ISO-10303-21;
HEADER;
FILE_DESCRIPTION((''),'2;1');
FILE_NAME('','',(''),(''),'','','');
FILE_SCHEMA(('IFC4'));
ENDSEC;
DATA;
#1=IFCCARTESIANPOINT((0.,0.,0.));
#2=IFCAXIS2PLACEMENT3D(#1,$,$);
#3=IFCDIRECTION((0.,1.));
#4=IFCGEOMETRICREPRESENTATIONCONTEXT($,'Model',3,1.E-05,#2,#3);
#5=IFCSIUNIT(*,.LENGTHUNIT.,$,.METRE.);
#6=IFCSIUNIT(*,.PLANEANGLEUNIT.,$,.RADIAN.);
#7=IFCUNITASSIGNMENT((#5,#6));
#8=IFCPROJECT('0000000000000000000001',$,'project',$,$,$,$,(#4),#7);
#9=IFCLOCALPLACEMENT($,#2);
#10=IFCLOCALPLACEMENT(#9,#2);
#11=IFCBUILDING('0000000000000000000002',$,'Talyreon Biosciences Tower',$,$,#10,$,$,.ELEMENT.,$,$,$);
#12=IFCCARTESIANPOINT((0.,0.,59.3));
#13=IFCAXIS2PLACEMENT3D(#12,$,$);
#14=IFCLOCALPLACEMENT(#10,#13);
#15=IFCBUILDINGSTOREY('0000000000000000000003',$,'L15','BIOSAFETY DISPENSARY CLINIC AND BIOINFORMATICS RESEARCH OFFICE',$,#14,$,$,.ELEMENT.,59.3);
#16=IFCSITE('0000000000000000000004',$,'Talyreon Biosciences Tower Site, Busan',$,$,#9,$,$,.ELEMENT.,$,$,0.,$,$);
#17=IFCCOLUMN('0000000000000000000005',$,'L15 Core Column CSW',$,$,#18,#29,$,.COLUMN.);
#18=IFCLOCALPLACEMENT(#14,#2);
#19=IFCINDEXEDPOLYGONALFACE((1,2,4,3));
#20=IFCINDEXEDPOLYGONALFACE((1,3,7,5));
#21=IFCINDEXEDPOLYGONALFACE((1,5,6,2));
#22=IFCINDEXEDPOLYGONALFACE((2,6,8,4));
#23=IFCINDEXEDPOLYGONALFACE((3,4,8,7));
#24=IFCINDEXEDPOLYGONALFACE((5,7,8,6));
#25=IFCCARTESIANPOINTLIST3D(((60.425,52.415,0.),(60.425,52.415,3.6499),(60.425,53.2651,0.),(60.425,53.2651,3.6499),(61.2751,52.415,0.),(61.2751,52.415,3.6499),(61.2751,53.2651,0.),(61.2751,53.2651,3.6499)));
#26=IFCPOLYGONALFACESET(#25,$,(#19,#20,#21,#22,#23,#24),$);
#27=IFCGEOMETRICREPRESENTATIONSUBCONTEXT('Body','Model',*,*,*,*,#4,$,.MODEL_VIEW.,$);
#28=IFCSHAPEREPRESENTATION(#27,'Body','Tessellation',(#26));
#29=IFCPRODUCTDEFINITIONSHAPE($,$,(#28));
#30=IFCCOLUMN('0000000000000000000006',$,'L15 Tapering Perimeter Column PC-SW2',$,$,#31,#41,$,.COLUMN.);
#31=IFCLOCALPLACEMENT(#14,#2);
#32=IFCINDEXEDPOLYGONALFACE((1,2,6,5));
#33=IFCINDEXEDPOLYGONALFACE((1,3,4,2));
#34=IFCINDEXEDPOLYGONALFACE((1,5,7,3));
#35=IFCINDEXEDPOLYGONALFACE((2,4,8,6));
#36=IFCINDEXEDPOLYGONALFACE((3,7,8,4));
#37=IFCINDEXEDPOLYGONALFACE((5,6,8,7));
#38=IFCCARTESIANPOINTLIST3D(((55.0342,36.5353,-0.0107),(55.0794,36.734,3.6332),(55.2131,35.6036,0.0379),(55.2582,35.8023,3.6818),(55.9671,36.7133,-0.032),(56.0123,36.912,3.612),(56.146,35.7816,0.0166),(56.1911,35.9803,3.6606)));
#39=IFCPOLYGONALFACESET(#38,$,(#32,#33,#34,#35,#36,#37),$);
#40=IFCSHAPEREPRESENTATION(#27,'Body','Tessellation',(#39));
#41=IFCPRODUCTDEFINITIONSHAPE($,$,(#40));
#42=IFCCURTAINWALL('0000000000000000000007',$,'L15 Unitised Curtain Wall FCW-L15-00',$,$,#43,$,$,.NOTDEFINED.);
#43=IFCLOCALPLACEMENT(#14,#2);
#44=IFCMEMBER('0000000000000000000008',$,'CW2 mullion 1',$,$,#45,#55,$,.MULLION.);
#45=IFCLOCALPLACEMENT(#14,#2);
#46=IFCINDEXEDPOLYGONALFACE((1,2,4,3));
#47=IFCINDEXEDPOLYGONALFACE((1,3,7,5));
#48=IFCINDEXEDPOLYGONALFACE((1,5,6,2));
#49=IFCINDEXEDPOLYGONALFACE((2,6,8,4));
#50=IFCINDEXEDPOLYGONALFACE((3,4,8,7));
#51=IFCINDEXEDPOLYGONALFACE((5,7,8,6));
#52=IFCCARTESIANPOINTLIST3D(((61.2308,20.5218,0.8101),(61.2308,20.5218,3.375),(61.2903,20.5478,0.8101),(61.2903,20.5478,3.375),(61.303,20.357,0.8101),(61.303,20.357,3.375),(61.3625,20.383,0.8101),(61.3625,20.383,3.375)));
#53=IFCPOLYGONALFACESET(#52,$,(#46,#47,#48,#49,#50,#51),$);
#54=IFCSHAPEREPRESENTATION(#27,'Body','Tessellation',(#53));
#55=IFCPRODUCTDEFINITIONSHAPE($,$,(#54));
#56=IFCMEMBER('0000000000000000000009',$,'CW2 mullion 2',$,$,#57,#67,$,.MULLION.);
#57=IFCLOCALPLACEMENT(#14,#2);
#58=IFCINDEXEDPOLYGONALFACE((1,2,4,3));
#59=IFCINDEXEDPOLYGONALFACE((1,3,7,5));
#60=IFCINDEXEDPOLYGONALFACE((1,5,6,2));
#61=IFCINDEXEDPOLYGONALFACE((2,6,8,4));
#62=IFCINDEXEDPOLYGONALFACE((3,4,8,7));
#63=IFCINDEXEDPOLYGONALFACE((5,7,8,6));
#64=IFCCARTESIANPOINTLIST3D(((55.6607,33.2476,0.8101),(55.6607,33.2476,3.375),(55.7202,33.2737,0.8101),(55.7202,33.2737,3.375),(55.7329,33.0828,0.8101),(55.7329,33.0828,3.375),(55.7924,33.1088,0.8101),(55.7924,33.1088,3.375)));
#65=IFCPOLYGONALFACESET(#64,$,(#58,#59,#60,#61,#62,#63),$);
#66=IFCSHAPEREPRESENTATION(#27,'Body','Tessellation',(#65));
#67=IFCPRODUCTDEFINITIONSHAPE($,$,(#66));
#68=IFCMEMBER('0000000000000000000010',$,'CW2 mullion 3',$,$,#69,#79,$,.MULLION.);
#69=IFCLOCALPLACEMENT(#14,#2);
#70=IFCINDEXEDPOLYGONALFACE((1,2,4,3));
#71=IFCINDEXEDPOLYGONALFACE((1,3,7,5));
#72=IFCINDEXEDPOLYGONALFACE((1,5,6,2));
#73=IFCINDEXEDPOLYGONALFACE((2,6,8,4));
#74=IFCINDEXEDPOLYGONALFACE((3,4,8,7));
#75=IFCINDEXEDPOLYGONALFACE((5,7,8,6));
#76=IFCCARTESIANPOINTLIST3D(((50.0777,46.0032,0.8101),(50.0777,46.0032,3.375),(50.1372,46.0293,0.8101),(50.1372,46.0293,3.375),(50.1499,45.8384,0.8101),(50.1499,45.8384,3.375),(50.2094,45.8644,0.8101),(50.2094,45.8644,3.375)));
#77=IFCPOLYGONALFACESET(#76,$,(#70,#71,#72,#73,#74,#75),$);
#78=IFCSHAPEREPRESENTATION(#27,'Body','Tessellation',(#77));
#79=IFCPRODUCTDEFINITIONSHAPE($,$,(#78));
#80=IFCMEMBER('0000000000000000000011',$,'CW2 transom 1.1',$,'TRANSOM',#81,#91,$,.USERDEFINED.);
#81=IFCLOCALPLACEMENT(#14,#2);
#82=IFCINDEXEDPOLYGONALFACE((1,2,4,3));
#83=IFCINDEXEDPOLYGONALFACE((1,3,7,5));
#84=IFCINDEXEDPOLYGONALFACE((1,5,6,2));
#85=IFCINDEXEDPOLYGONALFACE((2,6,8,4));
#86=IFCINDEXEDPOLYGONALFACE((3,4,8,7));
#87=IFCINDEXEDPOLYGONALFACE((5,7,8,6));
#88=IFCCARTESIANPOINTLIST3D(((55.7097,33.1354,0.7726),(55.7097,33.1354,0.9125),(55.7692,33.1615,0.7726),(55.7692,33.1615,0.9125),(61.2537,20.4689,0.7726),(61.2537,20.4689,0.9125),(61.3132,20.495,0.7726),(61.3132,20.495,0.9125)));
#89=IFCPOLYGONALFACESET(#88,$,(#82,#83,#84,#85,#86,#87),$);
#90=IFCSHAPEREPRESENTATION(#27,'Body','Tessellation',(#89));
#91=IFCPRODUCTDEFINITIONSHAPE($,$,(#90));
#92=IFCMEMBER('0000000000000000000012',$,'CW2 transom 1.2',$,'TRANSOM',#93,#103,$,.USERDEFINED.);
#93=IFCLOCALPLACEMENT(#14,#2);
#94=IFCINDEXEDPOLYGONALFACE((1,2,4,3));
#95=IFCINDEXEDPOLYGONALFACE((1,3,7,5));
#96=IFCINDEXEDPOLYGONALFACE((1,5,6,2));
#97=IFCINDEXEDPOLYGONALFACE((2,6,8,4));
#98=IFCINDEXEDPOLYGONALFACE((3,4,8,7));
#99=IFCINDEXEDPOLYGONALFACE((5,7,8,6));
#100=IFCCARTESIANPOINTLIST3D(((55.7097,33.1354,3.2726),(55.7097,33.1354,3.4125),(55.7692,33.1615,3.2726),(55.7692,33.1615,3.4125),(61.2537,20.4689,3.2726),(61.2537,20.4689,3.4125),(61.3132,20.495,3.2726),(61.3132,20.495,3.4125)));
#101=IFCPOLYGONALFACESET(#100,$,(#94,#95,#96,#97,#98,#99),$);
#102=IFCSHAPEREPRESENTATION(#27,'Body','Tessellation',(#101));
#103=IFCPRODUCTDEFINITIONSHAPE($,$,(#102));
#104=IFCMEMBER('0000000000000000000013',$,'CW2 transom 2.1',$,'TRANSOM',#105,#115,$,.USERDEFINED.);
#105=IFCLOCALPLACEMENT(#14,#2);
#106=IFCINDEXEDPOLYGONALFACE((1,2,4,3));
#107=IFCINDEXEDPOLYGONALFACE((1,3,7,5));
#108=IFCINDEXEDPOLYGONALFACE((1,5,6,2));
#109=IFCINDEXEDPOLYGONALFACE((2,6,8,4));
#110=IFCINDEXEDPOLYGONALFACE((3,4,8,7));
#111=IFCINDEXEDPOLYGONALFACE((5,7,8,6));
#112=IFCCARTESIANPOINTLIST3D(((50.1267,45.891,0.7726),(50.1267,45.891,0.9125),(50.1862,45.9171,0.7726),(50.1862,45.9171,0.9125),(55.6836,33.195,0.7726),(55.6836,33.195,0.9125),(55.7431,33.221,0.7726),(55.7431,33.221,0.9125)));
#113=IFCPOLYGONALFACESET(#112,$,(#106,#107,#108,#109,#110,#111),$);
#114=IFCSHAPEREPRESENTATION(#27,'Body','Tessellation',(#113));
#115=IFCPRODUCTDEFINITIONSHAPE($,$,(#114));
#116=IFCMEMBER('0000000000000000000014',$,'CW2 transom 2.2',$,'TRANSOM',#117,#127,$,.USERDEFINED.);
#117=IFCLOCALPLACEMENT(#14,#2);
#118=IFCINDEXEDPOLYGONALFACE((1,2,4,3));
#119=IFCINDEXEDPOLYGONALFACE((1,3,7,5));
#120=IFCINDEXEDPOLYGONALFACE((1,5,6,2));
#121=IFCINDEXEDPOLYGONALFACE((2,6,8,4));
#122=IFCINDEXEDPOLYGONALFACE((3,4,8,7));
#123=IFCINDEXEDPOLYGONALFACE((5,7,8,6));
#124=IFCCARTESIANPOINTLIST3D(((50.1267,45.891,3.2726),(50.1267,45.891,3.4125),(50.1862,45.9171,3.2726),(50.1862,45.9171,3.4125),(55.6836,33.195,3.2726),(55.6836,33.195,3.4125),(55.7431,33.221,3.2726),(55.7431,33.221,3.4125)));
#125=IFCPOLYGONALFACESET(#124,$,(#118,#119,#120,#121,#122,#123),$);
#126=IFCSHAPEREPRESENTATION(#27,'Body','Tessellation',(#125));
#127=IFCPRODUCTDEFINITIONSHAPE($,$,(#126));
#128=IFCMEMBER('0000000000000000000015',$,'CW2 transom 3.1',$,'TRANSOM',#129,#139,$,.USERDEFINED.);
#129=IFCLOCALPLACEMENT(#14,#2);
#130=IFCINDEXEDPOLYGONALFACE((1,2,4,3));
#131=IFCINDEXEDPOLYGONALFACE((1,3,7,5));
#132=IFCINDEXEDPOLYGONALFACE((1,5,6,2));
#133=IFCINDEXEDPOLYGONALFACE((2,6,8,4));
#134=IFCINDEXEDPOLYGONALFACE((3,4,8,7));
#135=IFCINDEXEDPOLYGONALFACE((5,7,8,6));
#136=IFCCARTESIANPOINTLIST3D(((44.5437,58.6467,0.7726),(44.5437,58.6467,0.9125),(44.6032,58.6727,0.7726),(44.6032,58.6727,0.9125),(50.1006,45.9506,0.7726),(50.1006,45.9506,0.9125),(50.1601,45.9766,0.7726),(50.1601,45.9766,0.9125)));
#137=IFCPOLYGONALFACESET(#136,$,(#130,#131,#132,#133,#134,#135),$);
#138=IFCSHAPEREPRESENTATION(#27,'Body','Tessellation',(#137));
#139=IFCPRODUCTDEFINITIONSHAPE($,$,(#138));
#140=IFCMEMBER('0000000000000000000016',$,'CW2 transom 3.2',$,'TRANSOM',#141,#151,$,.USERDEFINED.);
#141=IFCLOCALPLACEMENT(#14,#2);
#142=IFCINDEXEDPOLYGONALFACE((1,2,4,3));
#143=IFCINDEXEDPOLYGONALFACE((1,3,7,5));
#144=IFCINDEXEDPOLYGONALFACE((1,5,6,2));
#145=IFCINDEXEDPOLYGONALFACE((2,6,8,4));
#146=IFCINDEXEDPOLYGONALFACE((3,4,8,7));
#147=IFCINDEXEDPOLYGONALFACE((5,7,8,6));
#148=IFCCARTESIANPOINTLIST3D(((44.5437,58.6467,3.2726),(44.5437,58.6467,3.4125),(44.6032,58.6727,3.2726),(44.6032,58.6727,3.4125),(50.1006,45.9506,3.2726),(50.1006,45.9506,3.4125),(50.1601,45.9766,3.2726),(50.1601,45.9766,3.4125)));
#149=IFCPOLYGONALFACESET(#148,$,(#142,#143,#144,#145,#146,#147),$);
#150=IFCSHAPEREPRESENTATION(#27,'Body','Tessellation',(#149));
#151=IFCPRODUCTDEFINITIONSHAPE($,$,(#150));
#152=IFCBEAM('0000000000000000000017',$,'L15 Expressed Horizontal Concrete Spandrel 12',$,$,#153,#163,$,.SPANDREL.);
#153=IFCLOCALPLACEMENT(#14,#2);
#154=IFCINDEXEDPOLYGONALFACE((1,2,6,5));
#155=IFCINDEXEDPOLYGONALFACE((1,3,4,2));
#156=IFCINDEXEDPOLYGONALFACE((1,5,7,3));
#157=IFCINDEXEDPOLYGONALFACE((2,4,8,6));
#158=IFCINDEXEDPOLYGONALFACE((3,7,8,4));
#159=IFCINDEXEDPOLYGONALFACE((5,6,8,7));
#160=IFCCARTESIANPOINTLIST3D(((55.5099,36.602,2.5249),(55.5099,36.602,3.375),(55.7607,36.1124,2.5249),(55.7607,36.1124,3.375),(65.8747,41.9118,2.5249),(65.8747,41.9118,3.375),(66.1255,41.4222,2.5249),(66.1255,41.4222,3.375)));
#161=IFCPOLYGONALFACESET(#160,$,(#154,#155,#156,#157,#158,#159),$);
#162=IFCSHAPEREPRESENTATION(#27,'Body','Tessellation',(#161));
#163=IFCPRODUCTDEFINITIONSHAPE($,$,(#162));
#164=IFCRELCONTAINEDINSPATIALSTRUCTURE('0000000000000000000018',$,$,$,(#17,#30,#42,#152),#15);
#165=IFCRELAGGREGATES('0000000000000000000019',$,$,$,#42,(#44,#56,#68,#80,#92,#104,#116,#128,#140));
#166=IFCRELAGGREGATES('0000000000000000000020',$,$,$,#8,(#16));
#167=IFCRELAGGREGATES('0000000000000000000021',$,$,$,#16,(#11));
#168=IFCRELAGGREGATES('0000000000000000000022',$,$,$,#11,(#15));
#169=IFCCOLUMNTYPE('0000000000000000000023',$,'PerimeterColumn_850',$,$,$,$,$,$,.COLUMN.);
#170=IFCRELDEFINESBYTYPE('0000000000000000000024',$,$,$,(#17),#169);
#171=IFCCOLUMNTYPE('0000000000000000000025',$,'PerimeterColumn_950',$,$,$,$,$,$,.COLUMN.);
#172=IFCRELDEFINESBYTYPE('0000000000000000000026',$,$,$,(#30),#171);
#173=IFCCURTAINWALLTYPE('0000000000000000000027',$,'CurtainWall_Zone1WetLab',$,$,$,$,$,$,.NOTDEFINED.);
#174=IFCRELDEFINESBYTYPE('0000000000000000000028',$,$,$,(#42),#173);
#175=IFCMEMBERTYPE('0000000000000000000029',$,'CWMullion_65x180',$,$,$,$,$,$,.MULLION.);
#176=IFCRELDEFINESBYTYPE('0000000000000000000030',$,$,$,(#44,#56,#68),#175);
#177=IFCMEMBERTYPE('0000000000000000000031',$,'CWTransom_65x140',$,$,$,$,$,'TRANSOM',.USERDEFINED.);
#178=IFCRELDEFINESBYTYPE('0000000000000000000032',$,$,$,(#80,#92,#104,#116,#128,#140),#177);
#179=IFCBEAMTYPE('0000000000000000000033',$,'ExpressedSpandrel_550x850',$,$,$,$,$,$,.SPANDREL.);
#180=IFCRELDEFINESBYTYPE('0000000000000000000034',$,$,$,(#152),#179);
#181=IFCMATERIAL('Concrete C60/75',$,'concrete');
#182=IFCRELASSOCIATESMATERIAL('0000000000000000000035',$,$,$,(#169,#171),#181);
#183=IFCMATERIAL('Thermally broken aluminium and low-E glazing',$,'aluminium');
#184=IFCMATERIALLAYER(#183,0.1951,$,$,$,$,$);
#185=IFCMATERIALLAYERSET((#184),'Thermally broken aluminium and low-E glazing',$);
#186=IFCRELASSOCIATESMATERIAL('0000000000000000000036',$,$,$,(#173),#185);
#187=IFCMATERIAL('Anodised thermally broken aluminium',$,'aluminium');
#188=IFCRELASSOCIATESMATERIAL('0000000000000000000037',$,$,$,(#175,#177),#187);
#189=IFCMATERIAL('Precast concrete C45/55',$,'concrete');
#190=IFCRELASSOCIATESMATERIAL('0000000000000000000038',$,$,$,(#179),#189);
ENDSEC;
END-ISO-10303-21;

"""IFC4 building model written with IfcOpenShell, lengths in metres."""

from ifc_helpers import new_model, si_unit, direction, frame, origin, origin_2d, place, context, subcontext, project, spatial, rectangle, extrude, material, layer, layer_set, material_profile, profile_set, type_object, element, aggregate, save


model = new_model("IFC4")

# Units and contexts
model_context = context("Model", 3, precision=1e-05, world=origin(), true_north=direction((0.0, 1.0)))
body_context = subcontext(model_context, "Body", "Model", "MODEL_VIEW")
ifc_project = project(units=[si_unit("LENGTHUNIT", "METRE"), si_unit("PLANEANGLEUNIT", "RADIAN")], contexts=[model_context])

# Site, building, storey
site_placement = place(None, origin())
site = spatial("IfcSite", under=ifc_project, at=site_placement, Name="Talyreon Biosciences Tower Site, Busan", CompositionType="ELEMENT", RefElevation=0.0)
building_placement = place(site_placement, origin())
building = spatial("IfcBuilding", under=site, at=building_placement, Name="Talyreon Biosciences Tower", CompositionType="ELEMENT")
storey_placement = place(building_placement, frame((0.0, 0.0, 59.3)))
storey = spatial("IfcBuildingStorey", under=building, at=storey_placement, Name="L15", Description="BIOSAFETY DISPENSARY CLINIC AND BIOINFORMATICS RESEARCH OFFICE", CompositionType="ELEMENT", Elevation=59.3)

# Columns
ifc_material_1 = material(Name="Concrete C60/75", Category="concrete")
ifc_material_profile_1 = material_profile(ifc_material_1, rectangle(XDim=0.8501, YDim=0.8501, at=origin_2d()), Name="RC 850x850")
ifc_profile_set_1 = profile_set([ifc_material_profile_1], Name="Concrete C60/75")
column_type_1 = type_object("IfcColumnType", Name="PerimeterColumn_850", PredefinedType="COLUMN", material=ifc_profile_set_1)
column_1_placement = place(storey_placement, frame((60.8501, 52.8401, 0.0), z_axis=(0.0, 0.0, 1.0), x_axis=(1.0, 0.0, 0.0)))
element("IfcColumn", 1, at=column_1_placement, inside=storey, type_object=column_type_1, Name="L15 Core Column CSW", PredefinedType="COLUMN", context=body_context, shape_type="SweptSolid", body=[
    extrude(rectangle(XDim=0.8501, YDim=0.8501, at=origin_2d()), origin(), (0.0, 0.0, 1.0), 3.6499),
])
ifc_material_profile_2 = material_profile(ifc_material_1, rectangle(XDim=0.95, YDim=0.95, at=origin_2d()), Name="RC 950x950")
ifc_profile_set_2 = profile_set([ifc_material_profile_2], Name="Concrete C60/75")
column_type_2 = type_object("IfcColumnType", Name="PerimeterColumn_950", PredefinedType="COLUMN", material=ifc_profile_set_2)
column_2_placement = place(storey_placement, frame((55.5901, 36.1584, 0.0029), z_axis=(0.012375, 0.054451, 0.99844), x_axis=(-0.188294, 0.98078, -0.051154)))
element("IfcColumn", 2, at=column_2_placement, inside=storey, type_object=column_type_2, Name="L15 Tapering Perimeter Column PC-SW2", PredefinedType="COLUMN", context=body_context, shape_type="SweptSolid", body=[
    extrude(rectangle(XDim=0.95, YDim=0.95, at=origin_2d()), origin(), (0.0, 0.0, 1.0), 3.6497),
])

# Curtain wall, members
ifc_material_2 = material(Name="Thermally broken aluminium and low-E glazing", Category="aluminium")
ifc_layer_1 = layer(ifc_material_2, 0.1951)
ifc_layer_set_1 = layer_set([ifc_layer_1], Name="Thermally broken aluminium and low-E glazing")
curtain_wall_type = type_object("IfcCurtainWallType", Name="CurtainWall_Zone1WetLab", PredefinedType="NOTDEFINED", material=ifc_layer_set_1)
curtain_wall_placement = place(storey_placement, origin())
curtain_wall = element("IfcCurtainWall", 3, at=curtain_wall_placement, inside=storey, type_object=curtain_wall_type, Name="L15 Unitised Curtain Wall FCW-L15-00", PredefinedType="NOTDEFINED")
ifc_material_3 = material(Name="Anodised thermally broken aluminium", Category="aluminium")
ifc_material_profile_3 = material_profile(ifc_material_3, rectangle(XDim=0.0649, YDim=0.1799, at=origin_2d()), Name="ALUM MULLION 65x180")
ifc_profile_set_3 = profile_set([ifc_material_profile_3], Name="Anodised thermally broken aluminium")
member_type_1 = type_object("IfcMemberType", Name="CWMullion_65x180", PredefinedType="MULLION", material=ifc_profile_set_3)
member_1_placement = place(storey_placement, frame((61.2966, 20.4524, 0.8101), z_axis=(0.0, 0.0, 1.0), x_axis=(-0.916092, -0.400968, 0.0)))
member_1 = element("IfcMember", 4, at=member_1_placement, type_object=member_type_1, Name="CW2 mullion 1", PredefinedType="MULLION", context=body_context, shape_type="SweptSolid", body=[
    extrude(rectangle(XDim=0.0649, YDim=0.1799, at=origin_2d()), origin(), (0.0, 0.0, 1.0), 2.5649),
])
member_2_placement = place(storey_placement, frame((55.7266, 33.1782, 0.8101), z_axis=(0.0, 0.0, 1.0), x_axis=(-0.916092, -0.400968, 0.0)))
member_2 = element("IfcMember", 5, at=member_2_placement, type_object=member_type_1, Name="CW2 mullion 2", PredefinedType="MULLION", context=body_context, shape_type="SweptSolid", body=[
    extrude(rectangle(XDim=0.0649, YDim=0.1799, at=origin_2d()), origin(), (0.0, 0.0, 1.0), 2.5649),
])
member_3_placement = place(storey_placement, frame((50.1436, 45.9338, 0.8101), z_axis=(0.0, 0.0, 1.0), x_axis=(-0.916092, -0.400968, 0.0)))
member_3 = element("IfcMember", 6, at=member_3_placement, type_object=member_type_1, Name="CW2 mullion 3", PredefinedType="MULLION", context=body_context, shape_type="SweptSolid", body=[
    extrude(rectangle(XDim=0.0649, YDim=0.1799, at=origin_2d()), origin(), (0.0, 0.0, 1.0), 2.5649),
])
ifc_material_profile_4 = material_profile(ifc_material_3, rectangle(XDim=0.0649, YDim=0.1399, at=origin_2d()), Name="ALUM TRANSOM 65x140")
ifc_profile_set_4 = profile_set([ifc_material_profile_4], Name="Anodised thermally broken aluminium")
member_type_2 = type_object("IfcMemberType", Name="CWTransom_65x140", ElementType="TRANSOM", PredefinedType="USERDEFINED", material=ifc_profile_set_4)
member_4_placement = place(storey_placement, frame((61.2834, 20.4819, 0.8425), z_axis=(-0.400961, 0.916095, 0.0), x_axis=(-0.916095, -0.400961, 0.0)))
member_4 = element("IfcMember", 7, at=member_4_placement, type_object=member_type_2, Name="CW2 transom 1.1", ObjectType="TRANSOM", PredefinedType="USERDEFINED", context=body_context, shape_type="SweptSolid", body=[
    extrude(rectangle(XDim=0.0649, YDim=0.1399, at=origin_2d()), origin(), (0.0, 0.0, 1.0), 13.8267),
])
member_5_placement = place(storey_placement, frame((61.2834, 20.4819, 3.3425), z_axis=(-0.400961, 0.916095, 0.0), x_axis=(-0.916095, -0.400961, 0.0)))
member_5 = element("IfcMember", 8, at=member_5_placement, type_object=member_type_2, Name="CW2 transom 1.2", ObjectType="TRANSOM", PredefinedType="USERDEFINED", context=body_context, shape_type="SweptSolid", body=[
    extrude(rectangle(XDim=0.0649, YDim=0.1399, at=origin_2d()), origin(), (0.0, 0.0, 1.0), 13.8267),
])
member_6_placement = place(storey_placement, frame((55.7134, 33.208, 0.8425), z_axis=(-0.400962, 0.916095, 0.0), x_axis=(-0.916095, -0.400962, 0.0)))
member_6 = element("IfcMember", 9, at=member_6_placement, type_object=member_type_2, Name="CW2 transom 2.1", ObjectType="TRANSOM", PredefinedType="USERDEFINED", context=body_context, shape_type="SweptSolid", body=[
    extrude(rectangle(XDim=0.0649, YDim=0.1399, at=origin_2d()), origin(), (0.0, 0.0, 1.0), 13.8589),
])
member_7_placement = place(storey_placement, frame((55.7134, 33.208, 3.3425), z_axis=(-0.400962, 0.916095, 0.0), x_axis=(-0.916095, -0.400962, 0.0)))
member_7 = element("IfcMember", 10, at=member_7_placement, type_object=member_type_2, Name="CW2 transom 2.2", ObjectType="TRANSOM", PredefinedType="USERDEFINED", context=body_context, shape_type="SweptSolid", body=[
    extrude(rectangle(XDim=0.0649, YDim=0.1399, at=origin_2d()), origin(), (0.0, 0.0, 1.0), 13.8589),
])
member_8_placement = place(storey_placement, frame((50.1304, 45.9636, 0.8425), z_axis=(-0.400962, 0.916095, 0.0), x_axis=(-0.916095, -0.400962, 0.0)))
member_8 = element("IfcMember", 11, at=member_8_placement, type_object=member_type_2, Name="CW2 transom 3.1", ObjectType="TRANSOM", PredefinedType="USERDEFINED", context=body_context, shape_type="SweptSolid", body=[
    extrude(rectangle(XDim=0.0649, YDim=0.1399, at=origin_2d()), origin(), (0.0, 0.0, 1.0), 13.8589),
])
member_9_placement = place(storey_placement, frame((50.1304, 45.9636, 3.3425), z_axis=(-0.400962, 0.916095, 0.0), x_axis=(-0.916095, -0.400962, 0.0)))
member_9 = element("IfcMember", 12, at=member_9_placement, type_object=member_type_2, Name="CW2 transom 3.2", ObjectType="TRANSOM", PredefinedType="USERDEFINED", context=body_context, shape_type="SweptSolid", body=[
    extrude(rectangle(XDim=0.0649, YDim=0.1399, at=origin_2d()), origin(), (0.0, 0.0, 1.0), 13.8589),
])

# Beam
ifc_material_4 = material(Name="Precast concrete C45/55", Category="concrete")
ifc_material_profile_5 = material_profile(ifc_material_4, rectangle(XDim=0.55, YDim=0.8501, at=origin_2d()), Name="RCB 550x850")
ifc_profile_set_5 = profile_set([ifc_material_profile_5], Name="Precast concrete C45/55")
beam_type_1 = type_object("IfcBeamType", Name="ExpressedSpandrel_550x850", PredefinedType="SPANDREL", material=ifc_profile_set_5)
beam_1_placement = place(storey_placement, frame((55.6353, 36.3572, 2.95), z_axis=(0.890007, 0.455947, 0.0), x_axis=(-0.455947, 0.890007, 0.0)))
element("IfcBeam", 13, at=beam_1_placement, inside=storey, type_object=beam_type_1, Name="L15 Expressed Horizontal Concrete Spandrel 12", PredefinedType="SPANDREL", context=body_context, shape_type="SweptSolid", body=[
    extrude(rectangle(XDim=0.55, YDim=0.8501, at=origin_2d()), origin(), (0.0, 0.0, 1.0), 11.6458),
])

aggregate(curtain_wall, [member_1, member_2, member_3, member_4, member_5, member_6, member_7, member_8, member_9])

save(model, "model.ifc")
